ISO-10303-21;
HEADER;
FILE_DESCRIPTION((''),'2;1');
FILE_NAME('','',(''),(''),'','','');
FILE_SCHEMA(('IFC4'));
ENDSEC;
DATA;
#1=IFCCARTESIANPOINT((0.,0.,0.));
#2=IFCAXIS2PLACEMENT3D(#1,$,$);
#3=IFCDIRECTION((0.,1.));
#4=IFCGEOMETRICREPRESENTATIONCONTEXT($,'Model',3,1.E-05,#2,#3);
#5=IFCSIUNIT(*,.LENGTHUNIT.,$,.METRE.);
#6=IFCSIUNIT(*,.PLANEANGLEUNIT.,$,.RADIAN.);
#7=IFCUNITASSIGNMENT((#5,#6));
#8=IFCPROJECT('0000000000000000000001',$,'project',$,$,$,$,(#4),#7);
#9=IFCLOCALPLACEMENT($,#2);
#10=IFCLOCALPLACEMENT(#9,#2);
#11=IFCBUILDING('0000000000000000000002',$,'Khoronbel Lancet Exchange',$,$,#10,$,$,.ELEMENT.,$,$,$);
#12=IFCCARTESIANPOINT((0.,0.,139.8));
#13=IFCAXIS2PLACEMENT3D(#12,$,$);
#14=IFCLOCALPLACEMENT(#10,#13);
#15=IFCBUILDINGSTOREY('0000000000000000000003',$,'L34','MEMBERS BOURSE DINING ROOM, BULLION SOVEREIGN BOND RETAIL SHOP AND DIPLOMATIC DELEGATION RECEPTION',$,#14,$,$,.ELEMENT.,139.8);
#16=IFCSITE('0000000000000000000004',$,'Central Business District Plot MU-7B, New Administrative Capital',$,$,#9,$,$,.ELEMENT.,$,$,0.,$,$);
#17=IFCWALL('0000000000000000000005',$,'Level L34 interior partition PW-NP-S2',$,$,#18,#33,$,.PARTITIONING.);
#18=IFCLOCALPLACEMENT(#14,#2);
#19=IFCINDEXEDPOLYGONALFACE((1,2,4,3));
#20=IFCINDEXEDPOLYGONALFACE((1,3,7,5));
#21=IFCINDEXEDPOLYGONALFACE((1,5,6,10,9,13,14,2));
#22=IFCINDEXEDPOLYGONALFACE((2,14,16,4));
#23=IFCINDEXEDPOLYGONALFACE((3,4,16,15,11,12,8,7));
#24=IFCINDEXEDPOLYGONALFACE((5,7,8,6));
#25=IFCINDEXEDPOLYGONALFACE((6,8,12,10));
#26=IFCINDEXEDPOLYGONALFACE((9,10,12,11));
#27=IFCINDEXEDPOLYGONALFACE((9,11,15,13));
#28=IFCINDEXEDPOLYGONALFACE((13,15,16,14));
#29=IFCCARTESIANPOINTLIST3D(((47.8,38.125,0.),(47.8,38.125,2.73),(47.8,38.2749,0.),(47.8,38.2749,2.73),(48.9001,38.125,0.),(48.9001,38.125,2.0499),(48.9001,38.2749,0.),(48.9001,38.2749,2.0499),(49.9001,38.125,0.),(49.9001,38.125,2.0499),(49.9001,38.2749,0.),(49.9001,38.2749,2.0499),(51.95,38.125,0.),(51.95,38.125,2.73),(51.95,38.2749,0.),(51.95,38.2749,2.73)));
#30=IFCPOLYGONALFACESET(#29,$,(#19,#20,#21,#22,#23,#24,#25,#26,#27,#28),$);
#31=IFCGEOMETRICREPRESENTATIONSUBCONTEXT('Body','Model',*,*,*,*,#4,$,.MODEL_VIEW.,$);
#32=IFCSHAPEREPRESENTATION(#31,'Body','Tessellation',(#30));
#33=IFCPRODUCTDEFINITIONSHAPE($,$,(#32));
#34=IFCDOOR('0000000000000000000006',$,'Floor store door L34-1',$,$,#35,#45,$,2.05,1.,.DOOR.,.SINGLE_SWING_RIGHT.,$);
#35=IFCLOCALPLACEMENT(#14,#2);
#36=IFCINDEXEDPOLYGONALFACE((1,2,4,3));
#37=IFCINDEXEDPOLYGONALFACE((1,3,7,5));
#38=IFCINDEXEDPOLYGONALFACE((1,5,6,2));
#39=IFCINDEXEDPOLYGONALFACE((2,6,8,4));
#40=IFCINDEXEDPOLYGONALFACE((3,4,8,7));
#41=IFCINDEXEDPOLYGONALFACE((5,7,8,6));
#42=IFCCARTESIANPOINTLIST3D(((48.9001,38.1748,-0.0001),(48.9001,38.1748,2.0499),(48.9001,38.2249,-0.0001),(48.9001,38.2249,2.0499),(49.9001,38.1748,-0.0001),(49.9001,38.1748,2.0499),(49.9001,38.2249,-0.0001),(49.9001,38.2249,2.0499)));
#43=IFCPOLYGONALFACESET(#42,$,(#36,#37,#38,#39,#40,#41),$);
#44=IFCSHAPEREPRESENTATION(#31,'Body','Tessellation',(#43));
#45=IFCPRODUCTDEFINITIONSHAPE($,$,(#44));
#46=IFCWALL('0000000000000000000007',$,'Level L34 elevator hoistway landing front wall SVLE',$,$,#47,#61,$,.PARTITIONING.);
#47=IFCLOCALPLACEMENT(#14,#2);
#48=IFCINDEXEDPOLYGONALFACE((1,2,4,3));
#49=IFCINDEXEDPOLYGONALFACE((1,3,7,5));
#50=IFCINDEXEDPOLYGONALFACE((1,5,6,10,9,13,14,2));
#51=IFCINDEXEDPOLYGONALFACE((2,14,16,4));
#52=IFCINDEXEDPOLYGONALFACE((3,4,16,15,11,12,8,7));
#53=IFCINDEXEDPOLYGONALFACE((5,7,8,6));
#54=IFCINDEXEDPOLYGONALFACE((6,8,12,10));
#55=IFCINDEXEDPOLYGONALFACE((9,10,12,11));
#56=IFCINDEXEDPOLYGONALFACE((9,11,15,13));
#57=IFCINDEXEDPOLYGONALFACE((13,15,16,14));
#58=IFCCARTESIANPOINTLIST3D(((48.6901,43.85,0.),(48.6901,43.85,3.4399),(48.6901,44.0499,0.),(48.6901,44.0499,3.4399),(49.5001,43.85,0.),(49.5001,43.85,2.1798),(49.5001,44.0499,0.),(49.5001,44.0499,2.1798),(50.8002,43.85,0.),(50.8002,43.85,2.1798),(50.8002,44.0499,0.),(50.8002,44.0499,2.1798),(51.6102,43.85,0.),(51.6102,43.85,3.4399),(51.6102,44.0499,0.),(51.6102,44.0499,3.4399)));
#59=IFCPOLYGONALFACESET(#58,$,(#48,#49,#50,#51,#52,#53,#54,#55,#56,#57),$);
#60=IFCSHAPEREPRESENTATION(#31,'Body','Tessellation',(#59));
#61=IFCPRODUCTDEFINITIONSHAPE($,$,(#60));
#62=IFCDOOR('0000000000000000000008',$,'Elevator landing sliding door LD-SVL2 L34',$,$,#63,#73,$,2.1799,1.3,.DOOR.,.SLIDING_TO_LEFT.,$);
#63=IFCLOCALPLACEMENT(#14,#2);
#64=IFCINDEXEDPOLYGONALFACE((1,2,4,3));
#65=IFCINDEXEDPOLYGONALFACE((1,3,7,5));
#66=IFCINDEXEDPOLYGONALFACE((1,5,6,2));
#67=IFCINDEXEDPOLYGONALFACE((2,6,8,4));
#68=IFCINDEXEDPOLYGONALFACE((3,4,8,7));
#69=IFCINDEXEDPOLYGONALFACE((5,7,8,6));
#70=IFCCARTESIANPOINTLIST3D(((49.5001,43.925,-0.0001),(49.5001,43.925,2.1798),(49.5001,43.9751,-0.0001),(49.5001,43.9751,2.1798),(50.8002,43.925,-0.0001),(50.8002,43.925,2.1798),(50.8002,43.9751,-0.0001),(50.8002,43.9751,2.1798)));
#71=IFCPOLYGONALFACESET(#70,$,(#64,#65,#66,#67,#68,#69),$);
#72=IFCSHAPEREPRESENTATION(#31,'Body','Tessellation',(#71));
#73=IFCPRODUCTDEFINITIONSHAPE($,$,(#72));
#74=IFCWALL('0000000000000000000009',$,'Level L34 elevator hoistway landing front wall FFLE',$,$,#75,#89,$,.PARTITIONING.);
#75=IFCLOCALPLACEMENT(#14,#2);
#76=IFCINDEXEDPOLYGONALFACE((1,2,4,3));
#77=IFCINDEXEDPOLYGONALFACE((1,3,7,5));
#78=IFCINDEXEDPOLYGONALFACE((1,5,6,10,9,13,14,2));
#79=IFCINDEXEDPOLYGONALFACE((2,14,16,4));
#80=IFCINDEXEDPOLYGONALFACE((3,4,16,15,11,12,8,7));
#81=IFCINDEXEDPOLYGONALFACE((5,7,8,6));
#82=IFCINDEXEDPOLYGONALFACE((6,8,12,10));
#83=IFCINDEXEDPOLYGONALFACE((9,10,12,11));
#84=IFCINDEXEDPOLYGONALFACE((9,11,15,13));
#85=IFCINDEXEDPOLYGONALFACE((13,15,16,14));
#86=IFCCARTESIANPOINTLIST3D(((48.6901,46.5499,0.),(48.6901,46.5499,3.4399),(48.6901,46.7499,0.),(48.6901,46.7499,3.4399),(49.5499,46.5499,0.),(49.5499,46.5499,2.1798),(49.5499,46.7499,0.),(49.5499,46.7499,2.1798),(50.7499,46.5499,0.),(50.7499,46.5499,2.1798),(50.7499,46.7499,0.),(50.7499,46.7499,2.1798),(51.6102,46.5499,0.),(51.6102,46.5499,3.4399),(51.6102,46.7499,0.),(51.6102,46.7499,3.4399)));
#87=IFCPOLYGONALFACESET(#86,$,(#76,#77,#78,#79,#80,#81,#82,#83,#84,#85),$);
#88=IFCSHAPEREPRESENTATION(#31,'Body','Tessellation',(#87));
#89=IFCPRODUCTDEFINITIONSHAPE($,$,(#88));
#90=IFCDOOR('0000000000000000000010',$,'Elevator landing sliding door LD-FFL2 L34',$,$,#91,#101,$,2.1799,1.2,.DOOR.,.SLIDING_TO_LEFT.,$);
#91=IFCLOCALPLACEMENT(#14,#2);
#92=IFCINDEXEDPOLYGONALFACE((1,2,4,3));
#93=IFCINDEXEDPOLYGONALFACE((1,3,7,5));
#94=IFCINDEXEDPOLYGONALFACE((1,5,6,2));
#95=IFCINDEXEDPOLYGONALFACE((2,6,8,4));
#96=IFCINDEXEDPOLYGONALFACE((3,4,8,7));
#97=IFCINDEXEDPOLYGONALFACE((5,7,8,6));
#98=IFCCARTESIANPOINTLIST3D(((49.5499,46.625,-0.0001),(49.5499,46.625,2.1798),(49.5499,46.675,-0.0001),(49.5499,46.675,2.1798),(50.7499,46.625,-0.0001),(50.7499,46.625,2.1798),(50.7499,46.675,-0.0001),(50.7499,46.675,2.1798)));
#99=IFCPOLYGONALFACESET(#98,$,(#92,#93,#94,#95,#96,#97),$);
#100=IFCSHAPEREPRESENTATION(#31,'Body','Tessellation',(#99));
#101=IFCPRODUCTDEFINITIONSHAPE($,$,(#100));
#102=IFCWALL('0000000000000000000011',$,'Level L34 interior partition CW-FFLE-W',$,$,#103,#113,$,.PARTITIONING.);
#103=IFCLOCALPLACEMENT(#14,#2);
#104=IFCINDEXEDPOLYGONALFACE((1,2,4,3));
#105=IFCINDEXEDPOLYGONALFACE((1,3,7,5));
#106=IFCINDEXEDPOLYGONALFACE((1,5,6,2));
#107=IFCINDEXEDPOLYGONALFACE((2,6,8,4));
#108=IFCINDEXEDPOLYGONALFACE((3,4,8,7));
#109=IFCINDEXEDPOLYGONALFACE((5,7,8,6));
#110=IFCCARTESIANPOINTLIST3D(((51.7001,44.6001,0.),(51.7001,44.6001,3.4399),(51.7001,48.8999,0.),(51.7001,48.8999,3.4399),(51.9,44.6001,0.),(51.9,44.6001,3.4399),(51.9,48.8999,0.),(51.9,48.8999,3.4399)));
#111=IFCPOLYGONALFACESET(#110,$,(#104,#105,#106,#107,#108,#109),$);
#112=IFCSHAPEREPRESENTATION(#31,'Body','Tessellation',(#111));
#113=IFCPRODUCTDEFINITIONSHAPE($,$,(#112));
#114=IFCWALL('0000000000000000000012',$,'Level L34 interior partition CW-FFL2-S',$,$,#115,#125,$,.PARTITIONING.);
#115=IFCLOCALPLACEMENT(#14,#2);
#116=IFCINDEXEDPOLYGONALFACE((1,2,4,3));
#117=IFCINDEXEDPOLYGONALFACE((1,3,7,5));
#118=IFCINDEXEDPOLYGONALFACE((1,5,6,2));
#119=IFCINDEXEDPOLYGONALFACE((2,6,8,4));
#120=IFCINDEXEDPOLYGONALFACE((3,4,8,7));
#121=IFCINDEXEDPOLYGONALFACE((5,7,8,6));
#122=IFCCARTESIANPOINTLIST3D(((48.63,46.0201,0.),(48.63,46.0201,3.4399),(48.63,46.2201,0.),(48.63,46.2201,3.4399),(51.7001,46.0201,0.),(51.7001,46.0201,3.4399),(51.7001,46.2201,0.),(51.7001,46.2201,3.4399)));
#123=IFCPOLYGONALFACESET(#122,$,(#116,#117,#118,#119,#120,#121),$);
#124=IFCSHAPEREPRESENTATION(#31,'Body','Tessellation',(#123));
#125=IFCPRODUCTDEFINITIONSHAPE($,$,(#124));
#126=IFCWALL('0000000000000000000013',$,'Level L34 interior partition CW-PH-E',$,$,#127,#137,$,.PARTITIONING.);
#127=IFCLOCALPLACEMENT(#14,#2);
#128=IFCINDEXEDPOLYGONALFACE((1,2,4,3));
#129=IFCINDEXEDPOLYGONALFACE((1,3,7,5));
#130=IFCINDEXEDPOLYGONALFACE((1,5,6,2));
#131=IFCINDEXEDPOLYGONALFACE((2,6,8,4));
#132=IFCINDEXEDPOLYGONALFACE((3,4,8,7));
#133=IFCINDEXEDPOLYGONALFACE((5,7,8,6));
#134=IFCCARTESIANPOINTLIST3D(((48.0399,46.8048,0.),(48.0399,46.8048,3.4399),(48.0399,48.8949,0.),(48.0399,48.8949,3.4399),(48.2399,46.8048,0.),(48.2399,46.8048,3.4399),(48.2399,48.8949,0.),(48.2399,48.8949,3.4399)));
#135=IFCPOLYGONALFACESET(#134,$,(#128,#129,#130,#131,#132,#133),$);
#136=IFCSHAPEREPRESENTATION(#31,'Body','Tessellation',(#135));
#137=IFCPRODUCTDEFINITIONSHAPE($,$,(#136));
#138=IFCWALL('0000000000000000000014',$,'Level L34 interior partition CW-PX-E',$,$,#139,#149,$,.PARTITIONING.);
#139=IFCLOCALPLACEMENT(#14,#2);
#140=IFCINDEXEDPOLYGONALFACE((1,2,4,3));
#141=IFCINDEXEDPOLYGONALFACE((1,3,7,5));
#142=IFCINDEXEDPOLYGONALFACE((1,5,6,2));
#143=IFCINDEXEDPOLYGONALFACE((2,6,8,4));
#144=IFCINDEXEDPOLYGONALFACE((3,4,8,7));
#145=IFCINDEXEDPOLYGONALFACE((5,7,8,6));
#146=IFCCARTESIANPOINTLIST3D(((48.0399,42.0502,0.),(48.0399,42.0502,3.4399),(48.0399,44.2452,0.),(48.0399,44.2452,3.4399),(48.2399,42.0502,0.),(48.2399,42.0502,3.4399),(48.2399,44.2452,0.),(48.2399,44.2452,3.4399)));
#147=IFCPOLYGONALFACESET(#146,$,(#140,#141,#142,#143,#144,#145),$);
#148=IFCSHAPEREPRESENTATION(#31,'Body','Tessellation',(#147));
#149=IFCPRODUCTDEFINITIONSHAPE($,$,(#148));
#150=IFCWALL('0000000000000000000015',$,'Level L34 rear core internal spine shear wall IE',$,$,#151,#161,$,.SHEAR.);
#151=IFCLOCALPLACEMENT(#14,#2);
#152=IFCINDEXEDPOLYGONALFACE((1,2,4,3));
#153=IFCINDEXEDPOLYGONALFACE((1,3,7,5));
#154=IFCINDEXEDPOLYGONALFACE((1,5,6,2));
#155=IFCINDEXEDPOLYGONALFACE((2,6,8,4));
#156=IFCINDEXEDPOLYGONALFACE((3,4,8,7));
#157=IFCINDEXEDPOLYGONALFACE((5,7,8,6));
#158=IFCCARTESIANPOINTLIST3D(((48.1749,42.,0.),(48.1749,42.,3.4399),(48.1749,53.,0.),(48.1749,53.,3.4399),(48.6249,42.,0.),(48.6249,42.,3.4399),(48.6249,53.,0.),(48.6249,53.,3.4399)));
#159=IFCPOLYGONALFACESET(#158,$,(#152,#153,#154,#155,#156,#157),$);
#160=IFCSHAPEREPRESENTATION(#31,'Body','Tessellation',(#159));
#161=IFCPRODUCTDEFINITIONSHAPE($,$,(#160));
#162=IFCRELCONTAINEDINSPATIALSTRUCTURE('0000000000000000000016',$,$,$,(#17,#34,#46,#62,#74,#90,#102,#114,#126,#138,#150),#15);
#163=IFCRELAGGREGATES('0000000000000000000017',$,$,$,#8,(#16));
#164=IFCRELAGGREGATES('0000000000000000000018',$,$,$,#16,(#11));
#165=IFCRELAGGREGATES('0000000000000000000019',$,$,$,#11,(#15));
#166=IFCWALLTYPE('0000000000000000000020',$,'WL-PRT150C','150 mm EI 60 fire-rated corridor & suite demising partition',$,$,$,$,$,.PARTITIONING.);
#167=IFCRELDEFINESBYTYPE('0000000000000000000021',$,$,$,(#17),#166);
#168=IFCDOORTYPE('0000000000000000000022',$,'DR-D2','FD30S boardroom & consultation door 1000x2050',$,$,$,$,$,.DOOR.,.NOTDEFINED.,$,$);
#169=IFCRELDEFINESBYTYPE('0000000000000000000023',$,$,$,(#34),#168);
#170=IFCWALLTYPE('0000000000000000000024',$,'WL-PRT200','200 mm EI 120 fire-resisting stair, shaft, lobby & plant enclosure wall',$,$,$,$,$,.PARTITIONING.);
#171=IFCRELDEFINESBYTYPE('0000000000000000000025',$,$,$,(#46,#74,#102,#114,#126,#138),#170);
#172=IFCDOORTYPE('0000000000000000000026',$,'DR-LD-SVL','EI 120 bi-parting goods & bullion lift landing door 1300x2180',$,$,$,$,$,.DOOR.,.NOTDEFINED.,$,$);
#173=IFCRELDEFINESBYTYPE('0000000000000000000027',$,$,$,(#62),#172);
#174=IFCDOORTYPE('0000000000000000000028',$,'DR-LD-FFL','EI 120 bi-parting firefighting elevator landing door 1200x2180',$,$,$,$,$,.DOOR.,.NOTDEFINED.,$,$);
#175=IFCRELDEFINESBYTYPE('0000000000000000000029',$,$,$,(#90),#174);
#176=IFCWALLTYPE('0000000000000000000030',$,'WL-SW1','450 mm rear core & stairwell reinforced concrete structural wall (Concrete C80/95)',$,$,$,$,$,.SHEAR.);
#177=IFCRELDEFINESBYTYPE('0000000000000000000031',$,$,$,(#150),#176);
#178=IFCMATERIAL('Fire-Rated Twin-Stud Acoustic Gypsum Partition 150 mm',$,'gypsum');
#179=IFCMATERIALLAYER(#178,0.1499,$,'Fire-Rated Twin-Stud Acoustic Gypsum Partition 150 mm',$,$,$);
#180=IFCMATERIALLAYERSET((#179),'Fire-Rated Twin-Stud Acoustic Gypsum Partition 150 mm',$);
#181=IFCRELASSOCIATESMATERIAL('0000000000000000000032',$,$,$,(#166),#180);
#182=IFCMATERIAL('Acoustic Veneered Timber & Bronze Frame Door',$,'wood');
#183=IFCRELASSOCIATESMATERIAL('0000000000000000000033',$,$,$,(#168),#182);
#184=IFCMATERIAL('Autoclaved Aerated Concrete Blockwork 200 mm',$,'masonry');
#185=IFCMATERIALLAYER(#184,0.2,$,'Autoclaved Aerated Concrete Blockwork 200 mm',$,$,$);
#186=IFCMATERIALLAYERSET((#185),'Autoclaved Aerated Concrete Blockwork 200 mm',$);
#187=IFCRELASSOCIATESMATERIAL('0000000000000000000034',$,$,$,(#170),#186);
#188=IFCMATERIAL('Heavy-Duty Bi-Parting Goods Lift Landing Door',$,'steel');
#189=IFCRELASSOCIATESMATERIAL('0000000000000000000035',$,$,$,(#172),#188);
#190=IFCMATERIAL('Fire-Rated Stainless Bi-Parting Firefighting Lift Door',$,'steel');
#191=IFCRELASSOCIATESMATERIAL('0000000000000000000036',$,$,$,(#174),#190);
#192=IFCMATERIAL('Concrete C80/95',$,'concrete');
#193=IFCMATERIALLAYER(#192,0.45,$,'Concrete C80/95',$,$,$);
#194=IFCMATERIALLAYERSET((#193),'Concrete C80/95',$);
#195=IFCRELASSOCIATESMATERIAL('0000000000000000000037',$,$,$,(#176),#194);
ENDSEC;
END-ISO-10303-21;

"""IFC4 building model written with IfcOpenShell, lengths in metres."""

from ifc_helpers import new_model, si_unit, direction, frame, frame_2d, origin, place, context, subcontext, project, spatial, rectangle, extrude, material, layer, layer_set, type_object, element, fill, save


model = new_model("IFC4")

# Units and contexts
model_context = context("Model", 3, precision=1e-05, world=origin(), true_north=direction((0.0, 1.0)))
body_context = subcontext(model_context, "Body", "Model", "MODEL_VIEW")
ifc_project = project(units=[si_unit("LENGTHUNIT", "METRE"), si_unit("PLANEANGLEUNIT", "RADIAN")], contexts=[model_context])

# Site, building, storey
site_placement = place(None, origin())
site = spatial("IfcSite", under=ifc_project, at=site_placement, Name="Central Business District Plot MU-7B, New Administrative Capital", CompositionType="ELEMENT", RefElevation=0.0)
building_placement = place(site_placement, origin())
building = spatial("IfcBuilding", under=site, at=building_placement, Name="Khoronbel Lancet Exchange", CompositionType="ELEMENT")
storey_placement = place(building_placement, frame((0.0, 0.0, 139.8)))
storey = spatial("IfcBuildingStorey", under=building, at=storey_placement, Name="L34", Description="MEMBERS BOURSE DINING ROOM, BULLION SOVEREIGN BOND RETAIL SHOP AND DIPLOMATIC DELEGATION RECEPTION", CompositionType="ELEMENT", Elevation=139.8)

# Walls, openings, doors
ifc_material_1 = material(Name="Fire-Rated Twin-Stud Acoustic Gypsum Partition 150 mm", Category="gypsum")
ifc_layer_1 = layer(ifc_material_1, 0.1499, Name="Fire-Rated Twin-Stud Acoustic Gypsum Partition 150 mm")
ifc_layer_set_1 = layer_set([ifc_layer_1], Name="Fire-Rated Twin-Stud Acoustic Gypsum Partition 150 mm")
wall_type_1 = type_object("IfcWallType", Name="WL-PRT150C", Description="150 mm EI 60 fire-rated corridor & suite demising partition", PredefinedType="PARTITIONING", material=ifc_layer_set_1)
wall_1_placement = place(storey_placement, frame((47.8, 38.2, 0.0), z_axis=(0.0, 0.0, 1.0), x_axis=(1.0, 0.0, 0.0)))
wall_1 = element("IfcWall", 1, at=wall_1_placement, inside=storey, type_object=wall_type_1, Name="Level L34 interior partition PW-NP-S2", PredefinedType="PARTITIONING", context=body_context, shape_type="SweptSolid", body=[
    extrude(rectangle(XDim=4.1499, YDim=0.1499, at=frame_2d((2.075, 0.0))), origin(), (0.0, 0.0, 1.0), 2.73),
])
opening_1_placement = place(wall_1_placement, frame((1.1001, 0.0, 0.0)))
opening_1 = element("IfcOpeningElement", 2, at=opening_1_placement, cuts=wall_1, PredefinedType="OPENING", context=body_context, shape_type="SweptSolid", body=[
    extrude(rectangle(XDim=1.0, YDim=2.05, at=frame_2d((0.5, 1.0249))), frame((0.0, 0.085, 0.0), z_axis=(0.0, -1.0, 0.0), x_axis=(1.0, 0.0, 0.0)), (0.0, 0.0, 1.0), 0.1699),
])
ifc_material_2 = material(Name="Acoustic Veneered Timber & Bronze Frame Door", Category="wood")
door_type_1 = type_object("IfcDoorType", Name="DR-D2", Description="FD30S boardroom & consultation door 1000x2050", OperationType="NOTDEFINED", PredefinedType="DOOR", material=ifc_material_2)
door_1_placement = place(opening_1_placement, origin())
door_1 = element("IfcDoor", 3, at=door_1_placement, inside=storey, type_object=door_type_1, Name="Floor store door L34-1", OperationType="SINGLE_SWING_RIGHT", OverallHeight=2.05, OverallWidth=1.0, PredefinedType="DOOR", context=body_context, shape_type="SweptSolid", body=[
    extrude(rectangle(XDim=1.0, YDim=2.05, at=frame_2d((0.5, 1.0249))), frame((0.0, 0.0249, 0.0), z_axis=(0.0, -1.0, 0.0), x_axis=(1.0, 0.0, 0.0)), (0.0, 0.0, 1.0), 0.05),
])
fill(opening_1, door_1)
ifc_material_3 = material(Name="Autoclaved Aerated Concrete Blockwork 200 mm", Category="masonry")
ifc_layer_2 = layer(ifc_material_3, 0.2, Name="Autoclaved Aerated Concrete Blockwork 200 mm")
ifc_layer_set_2 = layer_set([ifc_layer_2], Name="Autoclaved Aerated Concrete Blockwork 200 mm")
wall_type_2 = type_object("IfcWallType", Name="WL-PRT200", Description="200 mm EI 120 fire-resisting stair, shaft, lobby & plant enclosure wall", PredefinedType="PARTITIONING", material=ifc_layer_set_2)
wall_2_placement = place(storey_placement, frame((51.6101, 43.95, 0.0), z_axis=(0.0, 0.0, 1.0), x_axis=(-1.0, 0.0, 0.0)))
wall_2 = element("IfcWall", 4, at=wall_2_placement, inside=storey, type_object=wall_type_2, Name="Level L34 elevator hoistway landing front wall SVLE", PredefinedType="PARTITIONING", context=body_context, shape_type="SweptSolid", body=[
    extrude(rectangle(XDim=2.9202, YDim=0.2, at=frame_2d((1.46, 0.0))), origin(), (0.0, 0.0, 1.0), 3.4399),
])
opening_2_placement = place(wall_2_placement, frame((0.8101, 0.0, 0.0)))
opening_2 = element("IfcOpeningElement", 5, at=opening_2_placement, cuts=wall_2, PredefinedType="OPENING", context=body_context, shape_type="SweptSolid", body=[
    extrude(rectangle(XDim=1.3, YDim=2.1799, at=frame_2d((0.6499, 1.0898))), frame((0.0, 0.1099, 0.0), z_axis=(0.0, -1.0, 0.0), x_axis=(1.0, 0.0, 0.0)), (0.0, 0.0, 1.0), 0.22),
])
ifc_material_4 = material(Name="Heavy-Duty Bi-Parting Goods Lift Landing Door", Category="steel")
door_type_2 = type_object("IfcDoorType", Name="DR-LD-SVL", Description="EI 120 bi-parting goods & bullion lift landing door 1300x2180", OperationType="NOTDEFINED", PredefinedType="DOOR", material=ifc_material_4)
door_2_placement = place(opening_2_placement, origin())
door_2 = element("IfcDoor", 6, at=door_2_placement, inside=storey, type_object=door_type_2, Name="Elevator landing sliding door LD-SVL2 L34", OperationType="SLIDING_TO_LEFT", OverallHeight=2.1799, OverallWidth=1.3, PredefinedType="DOOR", context=body_context, shape_type="SweptSolid", body=[
    extrude(rectangle(XDim=1.3, YDim=2.1799, at=frame_2d((0.6499, 1.0898))), frame((0.0, 0.0249, 0.0), z_axis=(0.0, -1.0, 0.0), x_axis=(1.0, 0.0, 0.0)), (0.0, 0.0, 1.0), 0.05),
])
fill(opening_2, door_2)
wall_3_placement = place(storey_placement, frame((51.6101, 46.6499, 0.0), z_axis=(0.0, 0.0, 1.0), x_axis=(-1.0, 0.0, 0.0)))
wall_3 = element("IfcWall", 7, at=wall_3_placement, inside=storey, type_object=wall_type_2, Name="Level L34 elevator hoistway landing front wall FFLE", PredefinedType="PARTITIONING", context=body_context, shape_type="SweptSolid", body=[
    extrude(rectangle(XDim=2.9202, YDim=0.2, at=frame_2d((1.46, 0.0))), origin(), (0.0, 0.0, 1.0), 3.4399),
])
opening_3_placement = place(wall_3_placement, frame((0.8601, 0.0, 0.0)))
opening_3 = element("IfcOpeningElement", 8, at=opening_3_placement, cuts=wall_3, PredefinedType="OPENING", context=body_context, shape_type="SweptSolid", body=[
    extrude(rectangle(XDim=1.2, YDim=2.1799, at=frame_2d((0.6001, 1.0898))), frame((0.0, 0.1099, 0.0), z_axis=(0.0, -1.0, 0.0), x_axis=(1.0, 0.0, 0.0)), (0.0, 0.0, 1.0), 0.22),
])
ifc_material_5 = material(Name="Fire-Rated Stainless Bi-Parting Firefighting Lift Door", Category="steel")
door_type_3 = type_object("IfcDoorType", Name="DR-LD-FFL", Description="EI 120 bi-parting firefighting elevator landing door 1200x2180", OperationType="NOTDEFINED", PredefinedType="DOOR", material=ifc_material_5)
door_3_placement = place(opening_3_placement, origin())
door_3 = element("IfcDoor", 9, at=door_3_placement, inside=storey, type_object=door_type_3, Name="Elevator landing sliding door LD-FFL2 L34", OperationType="SLIDING_TO_LEFT", OverallHeight=2.1799, OverallWidth=1.2, PredefinedType="DOOR", context=body_context, shape_type="SweptSolid", body=[
    extrude(rectangle(XDim=1.2, YDim=2.1799, at=frame_2d((0.6001, 1.0898))), frame((0.0, 0.0249, 0.0), z_axis=(0.0, -1.0, 0.0), x_axis=(1.0, 0.0, 0.0)), (0.0, 0.0, 1.0), 0.05),
])
fill(opening_3, door_3)

# Walls
wall_4_placement = place(storey_placement, frame((51.8, 44.6001, 0.0), z_axis=(0.0, 0.0, 1.0), x_axis=(0.0, 1.0, 0.0)))
element("IfcWall", 10, at=wall_4_placement, inside=storey, type_object=wall_type_2, Name="Level L34 interior partition CW-FFLE-W", PredefinedType="PARTITIONING", context=body_context, shape_type="SweptSolid", body=[
    extrude(rectangle(XDim=4.2998, YDim=0.2, at=frame_2d((2.1499, 0.0))), origin(), (0.0, 0.0, 1.0), 3.4399),
])
wall_5_placement = place(storey_placement, frame((48.6299, 46.1201, 0.0), z_axis=(0.0, 0.0, 1.0), x_axis=(1.0, 0.0, 0.0)))
element("IfcWall", 11, at=wall_5_placement, inside=storey, type_object=wall_type_2, Name="Level L34 interior partition CW-FFL2-S", PredefinedType="PARTITIONING", context=body_context, shape_type="SweptSolid", body=[
    extrude(rectangle(XDim=3.0701, YDim=0.2, at=frame_2d((1.5352, 0.0))), origin(), (0.0, 0.0, 1.0), 3.4399),
])

# Walls
wall_6_placement = place(storey_placement, frame((48.1399, 46.8049, 0.0), z_axis=(0.0, 0.0, 1.0), x_axis=(0.0, 1.0, 0.0)))
element("IfcWall", 12, at=wall_6_placement, inside=storey, type_object=wall_type_2, Name="Level L34 interior partition CW-PH-E", PredefinedType="PARTITIONING", context=body_context, shape_type="SweptSolid", body=[
    extrude(rectangle(XDim=2.0901, YDim=0.2, at=frame_2d((1.0449, 0.0))), origin(), (0.0, 0.0, 1.0), 3.4399),
])
wall_7_placement = place(storey_placement, frame((48.1399, 42.05, 0.0), z_axis=(0.0, 0.0, 1.0), x_axis=(0.0, 1.0, 0.0)))
element("IfcWall", 13, at=wall_7_placement, inside=storey, type_object=wall_type_2, Name="Level L34 interior partition CW-PX-E", PredefinedType="PARTITIONING", context=body_context, shape_type="SweptSolid", body=[
    extrude(rectangle(XDim=2.1951, YDim=0.2, at=frame_2d((1.0977, 0.0))), origin(), (0.0, 0.0, 1.0), 3.4399),
])
ifc_material_6 = material(Name="Concrete C80/95", Category="concrete")
ifc_layer_3 = layer(ifc_material_6, 0.45, Name="Concrete C80/95")
ifc_layer_set_3 = layer_set([ifc_layer_3], Name="Concrete C80/95")
wall_type_3 = type_object("IfcWallType", Name="WL-SW1", Description="450 mm rear core & stairwell reinforced concrete structural wall (Concrete C80/95)", PredefinedType="SHEAR", material=ifc_layer_set_3)
wall_8_placement = place(storey_placement, frame((48.3999, 42.0, 0.0), z_axis=(0.0, 0.0, 1.0), x_axis=(0.0, 1.0, 0.0)))
element("IfcWall", 14, at=wall_8_placement, inside=storey, type_object=wall_type_3, Name="Level L34 rear core internal spine shear wall IE", PredefinedType="SHEAR", context=body_context, shape_type="SweptSolid", body=[
    extrude(rectangle(XDim=11.0, YDim=0.45, at=frame_2d((5.5, 0.0))), origin(), (0.0, 0.0, 1.0), 3.4399),
])

save(model, "model.ifc")
